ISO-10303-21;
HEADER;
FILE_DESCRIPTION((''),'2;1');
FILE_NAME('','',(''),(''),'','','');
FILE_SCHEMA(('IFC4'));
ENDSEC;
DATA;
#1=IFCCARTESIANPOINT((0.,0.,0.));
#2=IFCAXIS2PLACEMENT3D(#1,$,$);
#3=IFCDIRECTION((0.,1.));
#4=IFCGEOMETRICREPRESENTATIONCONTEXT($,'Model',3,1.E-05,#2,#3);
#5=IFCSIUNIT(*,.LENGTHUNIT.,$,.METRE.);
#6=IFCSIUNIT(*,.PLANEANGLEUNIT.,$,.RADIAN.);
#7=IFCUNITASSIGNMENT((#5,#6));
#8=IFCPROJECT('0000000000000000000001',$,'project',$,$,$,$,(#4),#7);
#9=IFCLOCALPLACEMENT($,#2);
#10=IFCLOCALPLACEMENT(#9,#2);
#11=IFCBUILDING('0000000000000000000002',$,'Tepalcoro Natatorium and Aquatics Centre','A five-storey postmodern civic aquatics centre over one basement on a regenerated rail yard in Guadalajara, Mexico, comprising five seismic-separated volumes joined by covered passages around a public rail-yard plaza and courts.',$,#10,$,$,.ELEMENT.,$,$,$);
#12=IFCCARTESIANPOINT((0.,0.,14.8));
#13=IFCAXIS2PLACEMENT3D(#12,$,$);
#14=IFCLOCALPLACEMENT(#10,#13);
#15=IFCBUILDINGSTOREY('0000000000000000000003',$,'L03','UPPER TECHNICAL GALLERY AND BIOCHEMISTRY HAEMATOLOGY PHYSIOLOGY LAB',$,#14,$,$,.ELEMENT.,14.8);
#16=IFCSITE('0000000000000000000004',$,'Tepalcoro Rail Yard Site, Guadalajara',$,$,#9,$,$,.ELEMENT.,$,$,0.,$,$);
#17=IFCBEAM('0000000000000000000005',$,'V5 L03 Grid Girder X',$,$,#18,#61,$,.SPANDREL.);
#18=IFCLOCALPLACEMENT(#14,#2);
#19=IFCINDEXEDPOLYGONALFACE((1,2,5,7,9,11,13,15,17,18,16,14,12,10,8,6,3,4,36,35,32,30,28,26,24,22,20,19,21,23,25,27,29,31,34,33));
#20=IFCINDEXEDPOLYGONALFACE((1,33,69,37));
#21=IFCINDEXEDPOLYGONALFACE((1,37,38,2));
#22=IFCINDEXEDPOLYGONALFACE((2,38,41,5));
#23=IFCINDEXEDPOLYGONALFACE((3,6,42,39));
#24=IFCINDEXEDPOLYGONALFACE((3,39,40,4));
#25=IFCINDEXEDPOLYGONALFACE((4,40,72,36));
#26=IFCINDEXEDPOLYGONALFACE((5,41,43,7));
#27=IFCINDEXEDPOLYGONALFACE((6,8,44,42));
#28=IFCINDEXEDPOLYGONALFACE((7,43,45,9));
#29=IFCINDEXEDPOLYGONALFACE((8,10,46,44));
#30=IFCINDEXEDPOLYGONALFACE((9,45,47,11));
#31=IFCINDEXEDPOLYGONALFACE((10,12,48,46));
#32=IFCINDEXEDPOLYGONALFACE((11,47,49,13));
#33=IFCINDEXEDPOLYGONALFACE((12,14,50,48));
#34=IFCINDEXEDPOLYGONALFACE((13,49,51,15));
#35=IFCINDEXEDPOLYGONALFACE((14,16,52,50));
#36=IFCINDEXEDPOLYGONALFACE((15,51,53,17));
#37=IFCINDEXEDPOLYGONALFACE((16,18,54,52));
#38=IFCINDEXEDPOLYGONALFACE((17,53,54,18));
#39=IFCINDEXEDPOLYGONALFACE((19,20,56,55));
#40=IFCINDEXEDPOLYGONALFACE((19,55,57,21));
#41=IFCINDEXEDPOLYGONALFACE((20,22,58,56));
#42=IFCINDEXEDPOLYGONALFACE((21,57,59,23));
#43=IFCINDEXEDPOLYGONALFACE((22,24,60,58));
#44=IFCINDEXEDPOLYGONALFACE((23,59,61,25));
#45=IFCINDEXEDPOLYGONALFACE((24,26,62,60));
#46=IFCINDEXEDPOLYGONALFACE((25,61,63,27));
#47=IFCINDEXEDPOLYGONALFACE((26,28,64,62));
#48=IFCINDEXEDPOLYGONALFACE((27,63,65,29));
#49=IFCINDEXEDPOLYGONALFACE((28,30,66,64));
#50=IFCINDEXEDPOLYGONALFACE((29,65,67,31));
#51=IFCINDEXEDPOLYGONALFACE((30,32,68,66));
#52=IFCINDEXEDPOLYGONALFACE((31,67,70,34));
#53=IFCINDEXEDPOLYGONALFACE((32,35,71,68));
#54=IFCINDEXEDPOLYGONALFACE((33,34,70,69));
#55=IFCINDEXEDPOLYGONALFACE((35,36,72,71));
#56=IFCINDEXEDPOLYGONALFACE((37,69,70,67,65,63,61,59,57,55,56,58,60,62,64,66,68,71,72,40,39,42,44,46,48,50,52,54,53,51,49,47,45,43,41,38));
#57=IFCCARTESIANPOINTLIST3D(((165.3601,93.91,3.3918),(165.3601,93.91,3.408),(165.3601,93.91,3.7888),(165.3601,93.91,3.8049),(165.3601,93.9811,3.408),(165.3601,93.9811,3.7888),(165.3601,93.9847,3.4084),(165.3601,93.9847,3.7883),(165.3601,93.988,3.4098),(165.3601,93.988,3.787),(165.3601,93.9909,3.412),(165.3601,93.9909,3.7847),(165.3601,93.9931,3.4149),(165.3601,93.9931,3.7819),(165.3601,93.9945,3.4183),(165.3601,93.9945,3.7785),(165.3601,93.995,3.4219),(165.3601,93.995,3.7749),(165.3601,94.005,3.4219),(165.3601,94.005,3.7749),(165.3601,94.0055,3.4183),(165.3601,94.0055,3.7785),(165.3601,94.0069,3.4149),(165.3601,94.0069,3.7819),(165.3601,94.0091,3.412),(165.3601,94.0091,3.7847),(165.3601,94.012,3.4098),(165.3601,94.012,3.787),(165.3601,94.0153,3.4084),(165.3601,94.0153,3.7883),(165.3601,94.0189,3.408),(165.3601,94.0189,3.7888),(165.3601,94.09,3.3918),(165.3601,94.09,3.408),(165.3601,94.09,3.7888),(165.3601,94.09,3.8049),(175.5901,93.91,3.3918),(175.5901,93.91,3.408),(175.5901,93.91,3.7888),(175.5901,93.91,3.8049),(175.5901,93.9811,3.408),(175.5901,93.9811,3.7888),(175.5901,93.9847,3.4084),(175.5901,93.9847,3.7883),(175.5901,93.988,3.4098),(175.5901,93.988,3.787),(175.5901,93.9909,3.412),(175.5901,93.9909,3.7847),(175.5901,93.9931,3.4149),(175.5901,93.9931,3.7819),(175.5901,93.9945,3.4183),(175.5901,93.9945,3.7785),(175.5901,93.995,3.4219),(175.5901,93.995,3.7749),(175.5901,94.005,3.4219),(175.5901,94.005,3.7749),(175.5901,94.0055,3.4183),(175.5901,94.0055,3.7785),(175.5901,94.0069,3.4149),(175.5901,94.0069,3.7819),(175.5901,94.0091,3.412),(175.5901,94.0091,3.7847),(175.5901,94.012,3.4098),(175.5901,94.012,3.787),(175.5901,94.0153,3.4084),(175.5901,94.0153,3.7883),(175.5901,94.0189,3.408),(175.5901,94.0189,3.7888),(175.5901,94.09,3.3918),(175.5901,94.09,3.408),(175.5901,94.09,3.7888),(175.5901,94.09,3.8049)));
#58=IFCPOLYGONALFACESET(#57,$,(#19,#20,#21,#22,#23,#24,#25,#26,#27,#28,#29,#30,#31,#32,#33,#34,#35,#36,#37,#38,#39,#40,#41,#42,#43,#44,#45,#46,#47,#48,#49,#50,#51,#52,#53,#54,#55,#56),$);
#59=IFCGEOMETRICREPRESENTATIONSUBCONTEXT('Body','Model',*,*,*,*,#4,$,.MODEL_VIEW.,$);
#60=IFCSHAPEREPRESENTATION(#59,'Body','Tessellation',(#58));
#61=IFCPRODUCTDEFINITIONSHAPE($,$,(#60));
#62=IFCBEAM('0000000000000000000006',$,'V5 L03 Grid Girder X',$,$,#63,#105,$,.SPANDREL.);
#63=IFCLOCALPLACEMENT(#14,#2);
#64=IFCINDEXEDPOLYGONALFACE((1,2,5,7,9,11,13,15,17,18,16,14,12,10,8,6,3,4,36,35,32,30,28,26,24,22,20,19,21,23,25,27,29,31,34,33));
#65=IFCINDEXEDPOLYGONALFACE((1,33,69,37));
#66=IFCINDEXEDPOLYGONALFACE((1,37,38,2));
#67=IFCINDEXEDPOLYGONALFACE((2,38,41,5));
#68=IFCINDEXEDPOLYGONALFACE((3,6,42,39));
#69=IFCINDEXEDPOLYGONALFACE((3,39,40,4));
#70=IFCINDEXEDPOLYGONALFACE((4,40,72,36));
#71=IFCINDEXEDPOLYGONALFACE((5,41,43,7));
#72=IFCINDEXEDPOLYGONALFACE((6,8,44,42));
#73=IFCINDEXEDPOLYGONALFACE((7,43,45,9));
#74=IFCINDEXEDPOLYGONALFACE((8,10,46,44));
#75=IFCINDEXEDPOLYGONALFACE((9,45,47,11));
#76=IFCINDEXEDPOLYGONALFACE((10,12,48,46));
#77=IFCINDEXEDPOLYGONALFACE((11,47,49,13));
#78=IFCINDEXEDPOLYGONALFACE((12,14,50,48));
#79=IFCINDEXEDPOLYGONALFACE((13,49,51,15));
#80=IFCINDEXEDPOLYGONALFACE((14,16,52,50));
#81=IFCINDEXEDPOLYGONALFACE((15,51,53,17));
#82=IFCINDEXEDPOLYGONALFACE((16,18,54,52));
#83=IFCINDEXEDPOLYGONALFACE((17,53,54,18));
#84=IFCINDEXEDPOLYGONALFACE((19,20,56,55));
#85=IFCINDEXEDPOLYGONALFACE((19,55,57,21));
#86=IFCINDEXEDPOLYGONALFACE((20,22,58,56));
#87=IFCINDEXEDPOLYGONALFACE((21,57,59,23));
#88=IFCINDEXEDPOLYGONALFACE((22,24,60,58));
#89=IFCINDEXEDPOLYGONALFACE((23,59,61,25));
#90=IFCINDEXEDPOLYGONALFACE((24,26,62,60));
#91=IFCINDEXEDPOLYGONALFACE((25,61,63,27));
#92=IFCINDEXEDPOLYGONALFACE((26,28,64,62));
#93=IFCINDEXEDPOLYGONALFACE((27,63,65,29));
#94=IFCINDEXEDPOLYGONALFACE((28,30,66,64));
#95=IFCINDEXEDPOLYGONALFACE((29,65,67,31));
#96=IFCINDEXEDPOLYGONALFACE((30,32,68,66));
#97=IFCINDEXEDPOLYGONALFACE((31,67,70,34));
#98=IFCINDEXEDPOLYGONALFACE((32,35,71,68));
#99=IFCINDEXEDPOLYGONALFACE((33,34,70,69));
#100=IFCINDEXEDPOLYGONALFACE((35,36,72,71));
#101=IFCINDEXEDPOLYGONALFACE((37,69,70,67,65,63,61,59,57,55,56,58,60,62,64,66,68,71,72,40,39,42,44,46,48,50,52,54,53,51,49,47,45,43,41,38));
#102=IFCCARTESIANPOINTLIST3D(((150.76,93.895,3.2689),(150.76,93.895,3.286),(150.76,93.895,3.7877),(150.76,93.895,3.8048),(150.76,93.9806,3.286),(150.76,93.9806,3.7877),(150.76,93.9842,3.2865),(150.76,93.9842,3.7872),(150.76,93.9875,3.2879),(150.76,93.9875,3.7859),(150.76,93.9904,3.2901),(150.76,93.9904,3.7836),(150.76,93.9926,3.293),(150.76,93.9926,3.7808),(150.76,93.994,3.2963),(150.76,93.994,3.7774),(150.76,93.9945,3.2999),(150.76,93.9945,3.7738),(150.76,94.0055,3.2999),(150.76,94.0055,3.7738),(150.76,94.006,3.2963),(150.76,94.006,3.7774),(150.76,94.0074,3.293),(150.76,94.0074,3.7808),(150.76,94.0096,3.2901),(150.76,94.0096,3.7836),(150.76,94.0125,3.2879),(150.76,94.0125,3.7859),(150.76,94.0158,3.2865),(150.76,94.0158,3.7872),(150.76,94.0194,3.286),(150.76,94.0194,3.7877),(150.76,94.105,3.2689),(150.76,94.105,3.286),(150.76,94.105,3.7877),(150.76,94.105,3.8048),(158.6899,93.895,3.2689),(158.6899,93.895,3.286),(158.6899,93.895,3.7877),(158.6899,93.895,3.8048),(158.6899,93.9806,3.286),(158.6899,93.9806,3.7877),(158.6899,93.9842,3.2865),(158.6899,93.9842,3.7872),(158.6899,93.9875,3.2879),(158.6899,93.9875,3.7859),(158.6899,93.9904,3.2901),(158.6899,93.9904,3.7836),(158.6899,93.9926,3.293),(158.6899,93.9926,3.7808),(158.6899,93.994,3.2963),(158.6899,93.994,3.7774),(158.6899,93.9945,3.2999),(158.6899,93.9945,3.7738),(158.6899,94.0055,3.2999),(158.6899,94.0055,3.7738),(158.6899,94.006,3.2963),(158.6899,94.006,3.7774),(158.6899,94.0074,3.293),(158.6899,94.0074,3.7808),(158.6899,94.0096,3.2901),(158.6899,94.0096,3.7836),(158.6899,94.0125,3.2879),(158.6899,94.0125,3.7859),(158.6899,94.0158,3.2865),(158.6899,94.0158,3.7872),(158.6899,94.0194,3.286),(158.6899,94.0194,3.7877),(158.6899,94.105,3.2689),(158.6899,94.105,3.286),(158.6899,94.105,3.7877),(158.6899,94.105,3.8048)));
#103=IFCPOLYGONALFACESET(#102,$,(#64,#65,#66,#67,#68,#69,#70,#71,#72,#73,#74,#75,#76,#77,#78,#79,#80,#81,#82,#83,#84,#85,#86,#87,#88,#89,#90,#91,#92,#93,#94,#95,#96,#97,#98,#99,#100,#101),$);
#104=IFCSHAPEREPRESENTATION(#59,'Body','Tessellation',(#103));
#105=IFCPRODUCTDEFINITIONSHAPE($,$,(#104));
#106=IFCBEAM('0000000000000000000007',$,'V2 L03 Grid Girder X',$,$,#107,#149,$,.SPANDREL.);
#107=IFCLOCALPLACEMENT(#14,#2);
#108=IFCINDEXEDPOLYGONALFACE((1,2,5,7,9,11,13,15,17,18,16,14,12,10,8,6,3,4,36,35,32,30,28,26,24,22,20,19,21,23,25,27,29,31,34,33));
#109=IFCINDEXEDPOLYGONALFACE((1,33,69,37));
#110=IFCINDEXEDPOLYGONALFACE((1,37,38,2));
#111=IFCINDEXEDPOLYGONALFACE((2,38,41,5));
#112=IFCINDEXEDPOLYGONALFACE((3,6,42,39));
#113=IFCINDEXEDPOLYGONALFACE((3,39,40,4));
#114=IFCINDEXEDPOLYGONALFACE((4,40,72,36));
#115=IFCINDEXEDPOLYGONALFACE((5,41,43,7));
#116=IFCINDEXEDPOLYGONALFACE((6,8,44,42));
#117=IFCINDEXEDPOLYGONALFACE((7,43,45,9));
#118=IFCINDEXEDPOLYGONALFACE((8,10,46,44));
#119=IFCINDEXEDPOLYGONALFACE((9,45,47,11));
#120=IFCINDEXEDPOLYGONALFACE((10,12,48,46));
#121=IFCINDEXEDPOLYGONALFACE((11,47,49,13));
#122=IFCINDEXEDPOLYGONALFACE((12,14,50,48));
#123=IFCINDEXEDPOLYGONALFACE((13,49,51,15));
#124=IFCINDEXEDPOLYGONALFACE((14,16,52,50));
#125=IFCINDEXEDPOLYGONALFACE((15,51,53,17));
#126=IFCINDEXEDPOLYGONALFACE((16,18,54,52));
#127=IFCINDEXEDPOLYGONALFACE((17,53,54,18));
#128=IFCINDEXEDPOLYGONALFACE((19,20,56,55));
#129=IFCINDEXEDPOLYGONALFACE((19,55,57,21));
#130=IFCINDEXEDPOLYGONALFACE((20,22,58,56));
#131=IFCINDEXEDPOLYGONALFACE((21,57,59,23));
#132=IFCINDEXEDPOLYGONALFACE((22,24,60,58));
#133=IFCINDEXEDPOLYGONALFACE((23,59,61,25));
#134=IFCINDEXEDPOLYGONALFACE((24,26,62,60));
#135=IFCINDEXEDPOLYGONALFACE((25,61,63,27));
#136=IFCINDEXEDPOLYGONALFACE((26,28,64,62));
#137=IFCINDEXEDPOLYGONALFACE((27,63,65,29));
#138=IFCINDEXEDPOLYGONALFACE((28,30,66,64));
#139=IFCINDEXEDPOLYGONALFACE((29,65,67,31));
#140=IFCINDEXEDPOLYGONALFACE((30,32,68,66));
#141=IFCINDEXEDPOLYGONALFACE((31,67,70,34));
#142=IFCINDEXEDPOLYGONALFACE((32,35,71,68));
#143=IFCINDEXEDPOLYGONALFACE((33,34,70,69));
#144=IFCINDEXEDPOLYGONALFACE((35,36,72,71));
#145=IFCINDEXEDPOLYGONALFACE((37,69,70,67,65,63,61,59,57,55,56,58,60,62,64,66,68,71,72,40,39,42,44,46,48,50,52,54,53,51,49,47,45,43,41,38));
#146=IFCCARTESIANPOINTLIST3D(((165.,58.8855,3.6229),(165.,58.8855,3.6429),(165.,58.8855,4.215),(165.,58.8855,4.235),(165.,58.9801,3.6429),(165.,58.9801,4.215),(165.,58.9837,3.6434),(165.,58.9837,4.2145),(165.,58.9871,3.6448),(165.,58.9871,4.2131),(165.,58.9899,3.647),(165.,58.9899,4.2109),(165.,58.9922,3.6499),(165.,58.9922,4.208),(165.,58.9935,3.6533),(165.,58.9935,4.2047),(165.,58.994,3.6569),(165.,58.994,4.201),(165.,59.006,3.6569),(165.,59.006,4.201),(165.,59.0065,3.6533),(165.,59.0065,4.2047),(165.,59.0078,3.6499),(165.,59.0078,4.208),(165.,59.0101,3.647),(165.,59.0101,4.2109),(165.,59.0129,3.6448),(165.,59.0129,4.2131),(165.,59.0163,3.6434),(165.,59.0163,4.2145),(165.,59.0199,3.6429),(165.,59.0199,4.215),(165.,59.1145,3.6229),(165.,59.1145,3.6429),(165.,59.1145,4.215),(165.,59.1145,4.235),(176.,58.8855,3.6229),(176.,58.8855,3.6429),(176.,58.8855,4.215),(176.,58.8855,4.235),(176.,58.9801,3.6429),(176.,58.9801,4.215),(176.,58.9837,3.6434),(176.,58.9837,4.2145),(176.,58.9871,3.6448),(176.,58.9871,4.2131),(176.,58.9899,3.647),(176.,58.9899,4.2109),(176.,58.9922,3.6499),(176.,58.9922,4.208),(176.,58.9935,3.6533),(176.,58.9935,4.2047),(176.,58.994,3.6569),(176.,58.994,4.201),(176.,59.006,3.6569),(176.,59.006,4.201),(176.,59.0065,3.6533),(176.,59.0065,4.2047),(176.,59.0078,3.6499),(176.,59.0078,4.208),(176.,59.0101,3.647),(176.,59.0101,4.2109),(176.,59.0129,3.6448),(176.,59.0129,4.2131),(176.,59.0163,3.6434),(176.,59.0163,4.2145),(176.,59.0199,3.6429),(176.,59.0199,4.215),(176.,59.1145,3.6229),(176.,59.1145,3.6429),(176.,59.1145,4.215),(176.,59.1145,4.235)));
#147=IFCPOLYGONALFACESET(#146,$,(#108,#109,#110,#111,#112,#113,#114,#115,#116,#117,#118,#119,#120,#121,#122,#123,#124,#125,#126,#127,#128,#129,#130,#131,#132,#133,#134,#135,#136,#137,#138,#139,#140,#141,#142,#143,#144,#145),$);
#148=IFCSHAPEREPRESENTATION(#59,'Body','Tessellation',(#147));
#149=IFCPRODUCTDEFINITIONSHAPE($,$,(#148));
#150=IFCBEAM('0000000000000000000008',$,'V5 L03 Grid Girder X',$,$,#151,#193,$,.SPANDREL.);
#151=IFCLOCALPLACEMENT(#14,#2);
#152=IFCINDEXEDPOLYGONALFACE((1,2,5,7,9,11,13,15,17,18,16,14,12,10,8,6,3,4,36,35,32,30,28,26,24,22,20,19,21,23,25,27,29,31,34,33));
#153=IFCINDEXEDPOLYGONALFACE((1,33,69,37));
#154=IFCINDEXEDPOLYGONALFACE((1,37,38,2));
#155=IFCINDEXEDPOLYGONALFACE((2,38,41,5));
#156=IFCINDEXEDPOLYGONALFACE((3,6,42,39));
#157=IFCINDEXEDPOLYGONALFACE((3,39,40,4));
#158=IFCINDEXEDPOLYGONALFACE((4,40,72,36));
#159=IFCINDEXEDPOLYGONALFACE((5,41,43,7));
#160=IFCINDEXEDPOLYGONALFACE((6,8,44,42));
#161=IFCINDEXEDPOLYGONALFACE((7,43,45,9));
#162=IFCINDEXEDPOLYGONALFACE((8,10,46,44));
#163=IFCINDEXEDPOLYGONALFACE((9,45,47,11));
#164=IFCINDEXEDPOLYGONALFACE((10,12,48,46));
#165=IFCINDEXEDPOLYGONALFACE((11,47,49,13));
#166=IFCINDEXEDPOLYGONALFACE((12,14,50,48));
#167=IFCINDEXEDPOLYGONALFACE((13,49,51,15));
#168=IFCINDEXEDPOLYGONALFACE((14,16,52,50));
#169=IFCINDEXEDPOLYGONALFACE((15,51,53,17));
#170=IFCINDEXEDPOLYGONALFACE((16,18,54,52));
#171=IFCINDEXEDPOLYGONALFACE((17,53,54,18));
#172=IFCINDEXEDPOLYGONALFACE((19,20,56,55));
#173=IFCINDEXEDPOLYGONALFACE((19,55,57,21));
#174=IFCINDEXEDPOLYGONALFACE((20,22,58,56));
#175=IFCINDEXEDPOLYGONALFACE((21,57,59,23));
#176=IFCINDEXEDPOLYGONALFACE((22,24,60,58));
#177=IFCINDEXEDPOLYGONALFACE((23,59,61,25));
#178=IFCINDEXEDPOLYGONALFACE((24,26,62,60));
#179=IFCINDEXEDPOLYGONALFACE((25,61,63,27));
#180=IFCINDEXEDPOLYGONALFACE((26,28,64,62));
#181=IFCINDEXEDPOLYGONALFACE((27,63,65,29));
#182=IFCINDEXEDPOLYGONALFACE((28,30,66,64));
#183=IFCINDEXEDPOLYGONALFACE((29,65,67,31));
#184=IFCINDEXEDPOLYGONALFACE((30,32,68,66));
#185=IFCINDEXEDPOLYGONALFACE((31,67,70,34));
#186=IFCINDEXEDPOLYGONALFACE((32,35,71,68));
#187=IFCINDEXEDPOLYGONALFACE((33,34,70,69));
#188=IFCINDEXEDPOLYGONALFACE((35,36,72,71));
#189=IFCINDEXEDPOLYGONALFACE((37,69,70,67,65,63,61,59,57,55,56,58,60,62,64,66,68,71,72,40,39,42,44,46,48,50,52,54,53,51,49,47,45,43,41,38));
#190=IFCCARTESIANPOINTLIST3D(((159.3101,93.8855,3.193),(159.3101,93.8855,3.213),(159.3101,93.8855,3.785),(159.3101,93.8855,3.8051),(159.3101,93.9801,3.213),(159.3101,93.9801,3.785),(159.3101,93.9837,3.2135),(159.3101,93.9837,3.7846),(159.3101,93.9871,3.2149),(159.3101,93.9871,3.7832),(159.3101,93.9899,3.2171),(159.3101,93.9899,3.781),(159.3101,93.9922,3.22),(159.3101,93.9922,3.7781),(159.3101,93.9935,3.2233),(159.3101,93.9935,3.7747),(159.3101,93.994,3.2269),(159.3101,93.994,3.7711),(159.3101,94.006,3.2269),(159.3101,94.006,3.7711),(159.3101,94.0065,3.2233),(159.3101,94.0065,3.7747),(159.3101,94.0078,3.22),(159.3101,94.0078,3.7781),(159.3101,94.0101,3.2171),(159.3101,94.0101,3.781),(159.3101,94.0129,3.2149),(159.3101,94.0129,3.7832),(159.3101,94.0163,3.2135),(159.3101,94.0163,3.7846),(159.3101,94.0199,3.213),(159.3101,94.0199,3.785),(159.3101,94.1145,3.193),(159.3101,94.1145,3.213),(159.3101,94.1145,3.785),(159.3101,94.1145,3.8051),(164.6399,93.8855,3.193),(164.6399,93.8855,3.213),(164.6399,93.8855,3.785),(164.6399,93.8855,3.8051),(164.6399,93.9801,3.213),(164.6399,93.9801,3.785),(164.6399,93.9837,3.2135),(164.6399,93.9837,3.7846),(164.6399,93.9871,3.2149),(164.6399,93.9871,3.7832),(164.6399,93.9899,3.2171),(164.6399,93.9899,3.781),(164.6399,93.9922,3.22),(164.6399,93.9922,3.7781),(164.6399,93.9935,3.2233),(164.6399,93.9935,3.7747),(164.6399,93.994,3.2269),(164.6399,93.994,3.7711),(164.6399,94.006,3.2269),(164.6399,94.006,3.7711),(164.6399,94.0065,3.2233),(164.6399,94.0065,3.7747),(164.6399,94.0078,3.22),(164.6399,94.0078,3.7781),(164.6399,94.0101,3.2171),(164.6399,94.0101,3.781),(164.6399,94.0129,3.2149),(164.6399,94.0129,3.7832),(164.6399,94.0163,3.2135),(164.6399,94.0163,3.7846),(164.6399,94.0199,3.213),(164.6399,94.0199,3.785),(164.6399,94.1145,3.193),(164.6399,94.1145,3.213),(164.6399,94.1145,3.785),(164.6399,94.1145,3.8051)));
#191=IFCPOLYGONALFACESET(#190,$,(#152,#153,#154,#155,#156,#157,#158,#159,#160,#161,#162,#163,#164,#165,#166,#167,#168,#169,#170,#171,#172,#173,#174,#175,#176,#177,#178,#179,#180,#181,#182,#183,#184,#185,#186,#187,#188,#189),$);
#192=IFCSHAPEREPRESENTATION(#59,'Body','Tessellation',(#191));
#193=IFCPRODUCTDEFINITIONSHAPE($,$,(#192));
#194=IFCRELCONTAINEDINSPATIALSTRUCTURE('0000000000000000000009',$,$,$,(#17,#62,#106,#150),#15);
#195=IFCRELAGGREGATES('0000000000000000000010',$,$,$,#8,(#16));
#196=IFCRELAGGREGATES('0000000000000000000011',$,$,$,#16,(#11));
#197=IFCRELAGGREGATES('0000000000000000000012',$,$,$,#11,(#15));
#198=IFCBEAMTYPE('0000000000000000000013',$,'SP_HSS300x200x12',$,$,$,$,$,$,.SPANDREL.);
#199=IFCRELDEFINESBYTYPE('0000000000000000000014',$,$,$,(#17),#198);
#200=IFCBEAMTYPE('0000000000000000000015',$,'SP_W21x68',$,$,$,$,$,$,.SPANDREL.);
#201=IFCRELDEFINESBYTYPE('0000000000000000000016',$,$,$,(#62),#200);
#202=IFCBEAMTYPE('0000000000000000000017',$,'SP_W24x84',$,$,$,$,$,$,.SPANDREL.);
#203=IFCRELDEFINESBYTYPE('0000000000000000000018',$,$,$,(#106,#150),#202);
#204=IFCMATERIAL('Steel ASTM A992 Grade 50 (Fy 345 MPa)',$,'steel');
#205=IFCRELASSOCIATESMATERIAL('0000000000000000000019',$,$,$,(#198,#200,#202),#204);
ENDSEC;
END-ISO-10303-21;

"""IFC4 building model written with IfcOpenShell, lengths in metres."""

from ifc_helpers import new_model, si_unit, direction, frame, origin, origin_2d, place, context, subcontext, project, spatial, i_section, extrude, material, material_profile, profile_set, type_object, element, save


model = new_model("IFC4")

# Units and contexts
model_context = context("Model", 3, precision=1e-05, world=origin(), true_north=direction((0.0, 1.0)))
body_context = subcontext(model_context, "Body", "Model", "MODEL_VIEW")
ifc_project = project(units=[si_unit("LENGTHUNIT", "METRE"), si_unit("PLANEANGLEUNIT", "RADIAN")], contexts=[model_context])

# Site, building, storey
site_placement = place(None, origin())
site = spatial("IfcSite", under=ifc_project, at=site_placement, Name="Tepalcoro Rail Yard Site, Guadalajara", CompositionType="ELEMENT", RefElevation=0.0)
building_placement = place(site_placement, origin())
building = spatial("IfcBuilding", under=site, at=building_placement, Name="Tepalcoro Natatorium and Aquatics Centre", Description="A five-storey postmodern civic aquatics centre over one basement on a regenerated rail yard in Guadalajara, Mexico, comprising five seismic-separated volumes joined by covered passages around a public rail-yard plaza and courts.", CompositionType="ELEMENT")
storey_placement = place(building_placement, frame((0.0, 0.0, 14.8)))
storey = spatial("IfcBuildingStorey", under=building, at=storey_placement, Name="L03", Description="UPPER TECHNICAL GALLERY AND BIOCHEMISTRY HAEMATOLOGY PHYSIOLOGY LAB", CompositionType="ELEMENT", Elevation=14.8)

# Shared definitions
ifc_material_1 = material(Name="Steel ASTM A992 Grade 50 (Fy 345 MPa)", Category="steel")

# Beams
ifc_material_profile_1 = material_profile(ifc_material_1, i_section(OverallWidth=0.1799, OverallDepth=0.4131, WebThickness=0.01, FlangeThickness=0.0161, FilletRadius=0.0139, at=origin_2d()), Name="W16X50")
ifc_profile_set_1 = profile_set([ifc_material_profile_1], Name="Steel ASTM A992 Grade 50 (Fy 345 MPa)")
beam_type_1 = type_object("IfcBeamType", Name="SP_HSS300x200x12", PredefinedType="SPANDREL", material=ifc_profile_set_1)
beam_1_placement = place(storey_placement, frame((165.3601, 94.0, 3.5984), z_axis=(1.0, 0.0, 0.0), x_axis=(0.0, 1.0, 0.0)))
element("IfcBeam", 1, at=beam_1_placement, inside=storey, type_object=beam_type_1, Name="V5 L03 Grid Girder X", PredefinedType="SPANDREL", context=body_context, shape_type="SweptSolid", body=[
    extrude(i_section(OverallWidth=0.1799, OverallDepth=0.4131, WebThickness=0.01, FlangeThickness=0.0161, FilletRadius=0.0139, at=origin_2d()), origin(), (0.0, 0.0, 1.0), 10.23),
])
ifc_material_profile_2 = material_profile(ifc_material_1, i_section(OverallWidth=0.21, OverallDepth=0.5359, WebThickness=0.011, FlangeThickness=0.0171, FilletRadius=0.0139, at=origin_2d()), Name="W21X68")
ifc_profile_set_2 = profile_set([ifc_material_profile_2], Name="Steel ASTM A992 Grade 50 (Fy 345 MPa)")
beam_type_2 = type_object("IfcBeamType", Name="SP_W21x68", PredefinedType="SPANDREL", material=ifc_profile_set_2)
beam_2_placement = place(storey_placement, frame((150.76, 94.0, 3.5369), z_axis=(1.0, 0.0, 0.0), x_axis=(0.0, 1.0, 0.0)))
element("IfcBeam", 2, at=beam_2_placement, inside=storey, type_object=beam_type_2, Name="V5 L03 Grid Girder X", PredefinedType="SPANDREL", context=body_context, shape_type="SweptSolid", body=[
    extrude(i_section(OverallWidth=0.21, OverallDepth=0.5359, WebThickness=0.011, FlangeThickness=0.0171, FilletRadius=0.0139, at=origin_2d()), origin(), (0.0, 0.0, 1.0), 7.9299),
])
ifc_material_profile_3 = material_profile(ifc_material_1, i_section(OverallWidth=0.229, OverallDepth=0.6121, WebThickness=0.012, FlangeThickness=0.02, FilletRadius=0.0139, at=origin_2d()), Name="W24X84")
ifc_profile_set_3 = profile_set([ifc_material_profile_3], Name="Steel ASTM A992 Grade 50 (Fy 345 MPa)")
beam_type_3 = type_object("IfcBeamType", Name="SP_W24x84", PredefinedType="SPANDREL", material=ifc_profile_set_3)
beam_3_placement = place(storey_placement, frame((165.0, 59.0, 3.929), z_axis=(1.0, 0.0, 0.0), x_axis=(0.0, 1.0, 0.0)))
element("IfcBeam", 3, at=beam_3_placement, inside=storey, type_object=beam_type_3, Name="V2 L03 Grid Girder X", PredefinedType="SPANDREL", context=body_context, shape_type="SweptSolid", body=[
    extrude(i_section(OverallWidth=0.229, OverallDepth=0.6121, WebThickness=0.012, FlangeThickness=0.02, FilletRadius=0.0139, at=origin_2d()), origin(), (0.0, 0.0, 1.0), 11.0),
])
beam_4_placement = place(storey_placement, frame((159.3101, 94.0, 3.499), z_axis=(1.0, 0.0, 0.0), x_axis=(0.0, 1.0, 0.0)))
element("IfcBeam", 4, at=beam_4_placement, inside=storey, type_object=beam_type_3, Name="V5 L03 Grid Girder X", PredefinedType="SPANDREL", context=body_context, shape_type="SweptSolid", body=[
    extrude(i_section(OverallWidth=0.229, OverallDepth=0.6121, WebThickness=0.012, FlangeThickness=0.02, FilletRadius=0.0139, at=origin_2d()), origin(), (0.0, 0.0, 1.0), 5.3298),
])

save(model, "model.ifc")
